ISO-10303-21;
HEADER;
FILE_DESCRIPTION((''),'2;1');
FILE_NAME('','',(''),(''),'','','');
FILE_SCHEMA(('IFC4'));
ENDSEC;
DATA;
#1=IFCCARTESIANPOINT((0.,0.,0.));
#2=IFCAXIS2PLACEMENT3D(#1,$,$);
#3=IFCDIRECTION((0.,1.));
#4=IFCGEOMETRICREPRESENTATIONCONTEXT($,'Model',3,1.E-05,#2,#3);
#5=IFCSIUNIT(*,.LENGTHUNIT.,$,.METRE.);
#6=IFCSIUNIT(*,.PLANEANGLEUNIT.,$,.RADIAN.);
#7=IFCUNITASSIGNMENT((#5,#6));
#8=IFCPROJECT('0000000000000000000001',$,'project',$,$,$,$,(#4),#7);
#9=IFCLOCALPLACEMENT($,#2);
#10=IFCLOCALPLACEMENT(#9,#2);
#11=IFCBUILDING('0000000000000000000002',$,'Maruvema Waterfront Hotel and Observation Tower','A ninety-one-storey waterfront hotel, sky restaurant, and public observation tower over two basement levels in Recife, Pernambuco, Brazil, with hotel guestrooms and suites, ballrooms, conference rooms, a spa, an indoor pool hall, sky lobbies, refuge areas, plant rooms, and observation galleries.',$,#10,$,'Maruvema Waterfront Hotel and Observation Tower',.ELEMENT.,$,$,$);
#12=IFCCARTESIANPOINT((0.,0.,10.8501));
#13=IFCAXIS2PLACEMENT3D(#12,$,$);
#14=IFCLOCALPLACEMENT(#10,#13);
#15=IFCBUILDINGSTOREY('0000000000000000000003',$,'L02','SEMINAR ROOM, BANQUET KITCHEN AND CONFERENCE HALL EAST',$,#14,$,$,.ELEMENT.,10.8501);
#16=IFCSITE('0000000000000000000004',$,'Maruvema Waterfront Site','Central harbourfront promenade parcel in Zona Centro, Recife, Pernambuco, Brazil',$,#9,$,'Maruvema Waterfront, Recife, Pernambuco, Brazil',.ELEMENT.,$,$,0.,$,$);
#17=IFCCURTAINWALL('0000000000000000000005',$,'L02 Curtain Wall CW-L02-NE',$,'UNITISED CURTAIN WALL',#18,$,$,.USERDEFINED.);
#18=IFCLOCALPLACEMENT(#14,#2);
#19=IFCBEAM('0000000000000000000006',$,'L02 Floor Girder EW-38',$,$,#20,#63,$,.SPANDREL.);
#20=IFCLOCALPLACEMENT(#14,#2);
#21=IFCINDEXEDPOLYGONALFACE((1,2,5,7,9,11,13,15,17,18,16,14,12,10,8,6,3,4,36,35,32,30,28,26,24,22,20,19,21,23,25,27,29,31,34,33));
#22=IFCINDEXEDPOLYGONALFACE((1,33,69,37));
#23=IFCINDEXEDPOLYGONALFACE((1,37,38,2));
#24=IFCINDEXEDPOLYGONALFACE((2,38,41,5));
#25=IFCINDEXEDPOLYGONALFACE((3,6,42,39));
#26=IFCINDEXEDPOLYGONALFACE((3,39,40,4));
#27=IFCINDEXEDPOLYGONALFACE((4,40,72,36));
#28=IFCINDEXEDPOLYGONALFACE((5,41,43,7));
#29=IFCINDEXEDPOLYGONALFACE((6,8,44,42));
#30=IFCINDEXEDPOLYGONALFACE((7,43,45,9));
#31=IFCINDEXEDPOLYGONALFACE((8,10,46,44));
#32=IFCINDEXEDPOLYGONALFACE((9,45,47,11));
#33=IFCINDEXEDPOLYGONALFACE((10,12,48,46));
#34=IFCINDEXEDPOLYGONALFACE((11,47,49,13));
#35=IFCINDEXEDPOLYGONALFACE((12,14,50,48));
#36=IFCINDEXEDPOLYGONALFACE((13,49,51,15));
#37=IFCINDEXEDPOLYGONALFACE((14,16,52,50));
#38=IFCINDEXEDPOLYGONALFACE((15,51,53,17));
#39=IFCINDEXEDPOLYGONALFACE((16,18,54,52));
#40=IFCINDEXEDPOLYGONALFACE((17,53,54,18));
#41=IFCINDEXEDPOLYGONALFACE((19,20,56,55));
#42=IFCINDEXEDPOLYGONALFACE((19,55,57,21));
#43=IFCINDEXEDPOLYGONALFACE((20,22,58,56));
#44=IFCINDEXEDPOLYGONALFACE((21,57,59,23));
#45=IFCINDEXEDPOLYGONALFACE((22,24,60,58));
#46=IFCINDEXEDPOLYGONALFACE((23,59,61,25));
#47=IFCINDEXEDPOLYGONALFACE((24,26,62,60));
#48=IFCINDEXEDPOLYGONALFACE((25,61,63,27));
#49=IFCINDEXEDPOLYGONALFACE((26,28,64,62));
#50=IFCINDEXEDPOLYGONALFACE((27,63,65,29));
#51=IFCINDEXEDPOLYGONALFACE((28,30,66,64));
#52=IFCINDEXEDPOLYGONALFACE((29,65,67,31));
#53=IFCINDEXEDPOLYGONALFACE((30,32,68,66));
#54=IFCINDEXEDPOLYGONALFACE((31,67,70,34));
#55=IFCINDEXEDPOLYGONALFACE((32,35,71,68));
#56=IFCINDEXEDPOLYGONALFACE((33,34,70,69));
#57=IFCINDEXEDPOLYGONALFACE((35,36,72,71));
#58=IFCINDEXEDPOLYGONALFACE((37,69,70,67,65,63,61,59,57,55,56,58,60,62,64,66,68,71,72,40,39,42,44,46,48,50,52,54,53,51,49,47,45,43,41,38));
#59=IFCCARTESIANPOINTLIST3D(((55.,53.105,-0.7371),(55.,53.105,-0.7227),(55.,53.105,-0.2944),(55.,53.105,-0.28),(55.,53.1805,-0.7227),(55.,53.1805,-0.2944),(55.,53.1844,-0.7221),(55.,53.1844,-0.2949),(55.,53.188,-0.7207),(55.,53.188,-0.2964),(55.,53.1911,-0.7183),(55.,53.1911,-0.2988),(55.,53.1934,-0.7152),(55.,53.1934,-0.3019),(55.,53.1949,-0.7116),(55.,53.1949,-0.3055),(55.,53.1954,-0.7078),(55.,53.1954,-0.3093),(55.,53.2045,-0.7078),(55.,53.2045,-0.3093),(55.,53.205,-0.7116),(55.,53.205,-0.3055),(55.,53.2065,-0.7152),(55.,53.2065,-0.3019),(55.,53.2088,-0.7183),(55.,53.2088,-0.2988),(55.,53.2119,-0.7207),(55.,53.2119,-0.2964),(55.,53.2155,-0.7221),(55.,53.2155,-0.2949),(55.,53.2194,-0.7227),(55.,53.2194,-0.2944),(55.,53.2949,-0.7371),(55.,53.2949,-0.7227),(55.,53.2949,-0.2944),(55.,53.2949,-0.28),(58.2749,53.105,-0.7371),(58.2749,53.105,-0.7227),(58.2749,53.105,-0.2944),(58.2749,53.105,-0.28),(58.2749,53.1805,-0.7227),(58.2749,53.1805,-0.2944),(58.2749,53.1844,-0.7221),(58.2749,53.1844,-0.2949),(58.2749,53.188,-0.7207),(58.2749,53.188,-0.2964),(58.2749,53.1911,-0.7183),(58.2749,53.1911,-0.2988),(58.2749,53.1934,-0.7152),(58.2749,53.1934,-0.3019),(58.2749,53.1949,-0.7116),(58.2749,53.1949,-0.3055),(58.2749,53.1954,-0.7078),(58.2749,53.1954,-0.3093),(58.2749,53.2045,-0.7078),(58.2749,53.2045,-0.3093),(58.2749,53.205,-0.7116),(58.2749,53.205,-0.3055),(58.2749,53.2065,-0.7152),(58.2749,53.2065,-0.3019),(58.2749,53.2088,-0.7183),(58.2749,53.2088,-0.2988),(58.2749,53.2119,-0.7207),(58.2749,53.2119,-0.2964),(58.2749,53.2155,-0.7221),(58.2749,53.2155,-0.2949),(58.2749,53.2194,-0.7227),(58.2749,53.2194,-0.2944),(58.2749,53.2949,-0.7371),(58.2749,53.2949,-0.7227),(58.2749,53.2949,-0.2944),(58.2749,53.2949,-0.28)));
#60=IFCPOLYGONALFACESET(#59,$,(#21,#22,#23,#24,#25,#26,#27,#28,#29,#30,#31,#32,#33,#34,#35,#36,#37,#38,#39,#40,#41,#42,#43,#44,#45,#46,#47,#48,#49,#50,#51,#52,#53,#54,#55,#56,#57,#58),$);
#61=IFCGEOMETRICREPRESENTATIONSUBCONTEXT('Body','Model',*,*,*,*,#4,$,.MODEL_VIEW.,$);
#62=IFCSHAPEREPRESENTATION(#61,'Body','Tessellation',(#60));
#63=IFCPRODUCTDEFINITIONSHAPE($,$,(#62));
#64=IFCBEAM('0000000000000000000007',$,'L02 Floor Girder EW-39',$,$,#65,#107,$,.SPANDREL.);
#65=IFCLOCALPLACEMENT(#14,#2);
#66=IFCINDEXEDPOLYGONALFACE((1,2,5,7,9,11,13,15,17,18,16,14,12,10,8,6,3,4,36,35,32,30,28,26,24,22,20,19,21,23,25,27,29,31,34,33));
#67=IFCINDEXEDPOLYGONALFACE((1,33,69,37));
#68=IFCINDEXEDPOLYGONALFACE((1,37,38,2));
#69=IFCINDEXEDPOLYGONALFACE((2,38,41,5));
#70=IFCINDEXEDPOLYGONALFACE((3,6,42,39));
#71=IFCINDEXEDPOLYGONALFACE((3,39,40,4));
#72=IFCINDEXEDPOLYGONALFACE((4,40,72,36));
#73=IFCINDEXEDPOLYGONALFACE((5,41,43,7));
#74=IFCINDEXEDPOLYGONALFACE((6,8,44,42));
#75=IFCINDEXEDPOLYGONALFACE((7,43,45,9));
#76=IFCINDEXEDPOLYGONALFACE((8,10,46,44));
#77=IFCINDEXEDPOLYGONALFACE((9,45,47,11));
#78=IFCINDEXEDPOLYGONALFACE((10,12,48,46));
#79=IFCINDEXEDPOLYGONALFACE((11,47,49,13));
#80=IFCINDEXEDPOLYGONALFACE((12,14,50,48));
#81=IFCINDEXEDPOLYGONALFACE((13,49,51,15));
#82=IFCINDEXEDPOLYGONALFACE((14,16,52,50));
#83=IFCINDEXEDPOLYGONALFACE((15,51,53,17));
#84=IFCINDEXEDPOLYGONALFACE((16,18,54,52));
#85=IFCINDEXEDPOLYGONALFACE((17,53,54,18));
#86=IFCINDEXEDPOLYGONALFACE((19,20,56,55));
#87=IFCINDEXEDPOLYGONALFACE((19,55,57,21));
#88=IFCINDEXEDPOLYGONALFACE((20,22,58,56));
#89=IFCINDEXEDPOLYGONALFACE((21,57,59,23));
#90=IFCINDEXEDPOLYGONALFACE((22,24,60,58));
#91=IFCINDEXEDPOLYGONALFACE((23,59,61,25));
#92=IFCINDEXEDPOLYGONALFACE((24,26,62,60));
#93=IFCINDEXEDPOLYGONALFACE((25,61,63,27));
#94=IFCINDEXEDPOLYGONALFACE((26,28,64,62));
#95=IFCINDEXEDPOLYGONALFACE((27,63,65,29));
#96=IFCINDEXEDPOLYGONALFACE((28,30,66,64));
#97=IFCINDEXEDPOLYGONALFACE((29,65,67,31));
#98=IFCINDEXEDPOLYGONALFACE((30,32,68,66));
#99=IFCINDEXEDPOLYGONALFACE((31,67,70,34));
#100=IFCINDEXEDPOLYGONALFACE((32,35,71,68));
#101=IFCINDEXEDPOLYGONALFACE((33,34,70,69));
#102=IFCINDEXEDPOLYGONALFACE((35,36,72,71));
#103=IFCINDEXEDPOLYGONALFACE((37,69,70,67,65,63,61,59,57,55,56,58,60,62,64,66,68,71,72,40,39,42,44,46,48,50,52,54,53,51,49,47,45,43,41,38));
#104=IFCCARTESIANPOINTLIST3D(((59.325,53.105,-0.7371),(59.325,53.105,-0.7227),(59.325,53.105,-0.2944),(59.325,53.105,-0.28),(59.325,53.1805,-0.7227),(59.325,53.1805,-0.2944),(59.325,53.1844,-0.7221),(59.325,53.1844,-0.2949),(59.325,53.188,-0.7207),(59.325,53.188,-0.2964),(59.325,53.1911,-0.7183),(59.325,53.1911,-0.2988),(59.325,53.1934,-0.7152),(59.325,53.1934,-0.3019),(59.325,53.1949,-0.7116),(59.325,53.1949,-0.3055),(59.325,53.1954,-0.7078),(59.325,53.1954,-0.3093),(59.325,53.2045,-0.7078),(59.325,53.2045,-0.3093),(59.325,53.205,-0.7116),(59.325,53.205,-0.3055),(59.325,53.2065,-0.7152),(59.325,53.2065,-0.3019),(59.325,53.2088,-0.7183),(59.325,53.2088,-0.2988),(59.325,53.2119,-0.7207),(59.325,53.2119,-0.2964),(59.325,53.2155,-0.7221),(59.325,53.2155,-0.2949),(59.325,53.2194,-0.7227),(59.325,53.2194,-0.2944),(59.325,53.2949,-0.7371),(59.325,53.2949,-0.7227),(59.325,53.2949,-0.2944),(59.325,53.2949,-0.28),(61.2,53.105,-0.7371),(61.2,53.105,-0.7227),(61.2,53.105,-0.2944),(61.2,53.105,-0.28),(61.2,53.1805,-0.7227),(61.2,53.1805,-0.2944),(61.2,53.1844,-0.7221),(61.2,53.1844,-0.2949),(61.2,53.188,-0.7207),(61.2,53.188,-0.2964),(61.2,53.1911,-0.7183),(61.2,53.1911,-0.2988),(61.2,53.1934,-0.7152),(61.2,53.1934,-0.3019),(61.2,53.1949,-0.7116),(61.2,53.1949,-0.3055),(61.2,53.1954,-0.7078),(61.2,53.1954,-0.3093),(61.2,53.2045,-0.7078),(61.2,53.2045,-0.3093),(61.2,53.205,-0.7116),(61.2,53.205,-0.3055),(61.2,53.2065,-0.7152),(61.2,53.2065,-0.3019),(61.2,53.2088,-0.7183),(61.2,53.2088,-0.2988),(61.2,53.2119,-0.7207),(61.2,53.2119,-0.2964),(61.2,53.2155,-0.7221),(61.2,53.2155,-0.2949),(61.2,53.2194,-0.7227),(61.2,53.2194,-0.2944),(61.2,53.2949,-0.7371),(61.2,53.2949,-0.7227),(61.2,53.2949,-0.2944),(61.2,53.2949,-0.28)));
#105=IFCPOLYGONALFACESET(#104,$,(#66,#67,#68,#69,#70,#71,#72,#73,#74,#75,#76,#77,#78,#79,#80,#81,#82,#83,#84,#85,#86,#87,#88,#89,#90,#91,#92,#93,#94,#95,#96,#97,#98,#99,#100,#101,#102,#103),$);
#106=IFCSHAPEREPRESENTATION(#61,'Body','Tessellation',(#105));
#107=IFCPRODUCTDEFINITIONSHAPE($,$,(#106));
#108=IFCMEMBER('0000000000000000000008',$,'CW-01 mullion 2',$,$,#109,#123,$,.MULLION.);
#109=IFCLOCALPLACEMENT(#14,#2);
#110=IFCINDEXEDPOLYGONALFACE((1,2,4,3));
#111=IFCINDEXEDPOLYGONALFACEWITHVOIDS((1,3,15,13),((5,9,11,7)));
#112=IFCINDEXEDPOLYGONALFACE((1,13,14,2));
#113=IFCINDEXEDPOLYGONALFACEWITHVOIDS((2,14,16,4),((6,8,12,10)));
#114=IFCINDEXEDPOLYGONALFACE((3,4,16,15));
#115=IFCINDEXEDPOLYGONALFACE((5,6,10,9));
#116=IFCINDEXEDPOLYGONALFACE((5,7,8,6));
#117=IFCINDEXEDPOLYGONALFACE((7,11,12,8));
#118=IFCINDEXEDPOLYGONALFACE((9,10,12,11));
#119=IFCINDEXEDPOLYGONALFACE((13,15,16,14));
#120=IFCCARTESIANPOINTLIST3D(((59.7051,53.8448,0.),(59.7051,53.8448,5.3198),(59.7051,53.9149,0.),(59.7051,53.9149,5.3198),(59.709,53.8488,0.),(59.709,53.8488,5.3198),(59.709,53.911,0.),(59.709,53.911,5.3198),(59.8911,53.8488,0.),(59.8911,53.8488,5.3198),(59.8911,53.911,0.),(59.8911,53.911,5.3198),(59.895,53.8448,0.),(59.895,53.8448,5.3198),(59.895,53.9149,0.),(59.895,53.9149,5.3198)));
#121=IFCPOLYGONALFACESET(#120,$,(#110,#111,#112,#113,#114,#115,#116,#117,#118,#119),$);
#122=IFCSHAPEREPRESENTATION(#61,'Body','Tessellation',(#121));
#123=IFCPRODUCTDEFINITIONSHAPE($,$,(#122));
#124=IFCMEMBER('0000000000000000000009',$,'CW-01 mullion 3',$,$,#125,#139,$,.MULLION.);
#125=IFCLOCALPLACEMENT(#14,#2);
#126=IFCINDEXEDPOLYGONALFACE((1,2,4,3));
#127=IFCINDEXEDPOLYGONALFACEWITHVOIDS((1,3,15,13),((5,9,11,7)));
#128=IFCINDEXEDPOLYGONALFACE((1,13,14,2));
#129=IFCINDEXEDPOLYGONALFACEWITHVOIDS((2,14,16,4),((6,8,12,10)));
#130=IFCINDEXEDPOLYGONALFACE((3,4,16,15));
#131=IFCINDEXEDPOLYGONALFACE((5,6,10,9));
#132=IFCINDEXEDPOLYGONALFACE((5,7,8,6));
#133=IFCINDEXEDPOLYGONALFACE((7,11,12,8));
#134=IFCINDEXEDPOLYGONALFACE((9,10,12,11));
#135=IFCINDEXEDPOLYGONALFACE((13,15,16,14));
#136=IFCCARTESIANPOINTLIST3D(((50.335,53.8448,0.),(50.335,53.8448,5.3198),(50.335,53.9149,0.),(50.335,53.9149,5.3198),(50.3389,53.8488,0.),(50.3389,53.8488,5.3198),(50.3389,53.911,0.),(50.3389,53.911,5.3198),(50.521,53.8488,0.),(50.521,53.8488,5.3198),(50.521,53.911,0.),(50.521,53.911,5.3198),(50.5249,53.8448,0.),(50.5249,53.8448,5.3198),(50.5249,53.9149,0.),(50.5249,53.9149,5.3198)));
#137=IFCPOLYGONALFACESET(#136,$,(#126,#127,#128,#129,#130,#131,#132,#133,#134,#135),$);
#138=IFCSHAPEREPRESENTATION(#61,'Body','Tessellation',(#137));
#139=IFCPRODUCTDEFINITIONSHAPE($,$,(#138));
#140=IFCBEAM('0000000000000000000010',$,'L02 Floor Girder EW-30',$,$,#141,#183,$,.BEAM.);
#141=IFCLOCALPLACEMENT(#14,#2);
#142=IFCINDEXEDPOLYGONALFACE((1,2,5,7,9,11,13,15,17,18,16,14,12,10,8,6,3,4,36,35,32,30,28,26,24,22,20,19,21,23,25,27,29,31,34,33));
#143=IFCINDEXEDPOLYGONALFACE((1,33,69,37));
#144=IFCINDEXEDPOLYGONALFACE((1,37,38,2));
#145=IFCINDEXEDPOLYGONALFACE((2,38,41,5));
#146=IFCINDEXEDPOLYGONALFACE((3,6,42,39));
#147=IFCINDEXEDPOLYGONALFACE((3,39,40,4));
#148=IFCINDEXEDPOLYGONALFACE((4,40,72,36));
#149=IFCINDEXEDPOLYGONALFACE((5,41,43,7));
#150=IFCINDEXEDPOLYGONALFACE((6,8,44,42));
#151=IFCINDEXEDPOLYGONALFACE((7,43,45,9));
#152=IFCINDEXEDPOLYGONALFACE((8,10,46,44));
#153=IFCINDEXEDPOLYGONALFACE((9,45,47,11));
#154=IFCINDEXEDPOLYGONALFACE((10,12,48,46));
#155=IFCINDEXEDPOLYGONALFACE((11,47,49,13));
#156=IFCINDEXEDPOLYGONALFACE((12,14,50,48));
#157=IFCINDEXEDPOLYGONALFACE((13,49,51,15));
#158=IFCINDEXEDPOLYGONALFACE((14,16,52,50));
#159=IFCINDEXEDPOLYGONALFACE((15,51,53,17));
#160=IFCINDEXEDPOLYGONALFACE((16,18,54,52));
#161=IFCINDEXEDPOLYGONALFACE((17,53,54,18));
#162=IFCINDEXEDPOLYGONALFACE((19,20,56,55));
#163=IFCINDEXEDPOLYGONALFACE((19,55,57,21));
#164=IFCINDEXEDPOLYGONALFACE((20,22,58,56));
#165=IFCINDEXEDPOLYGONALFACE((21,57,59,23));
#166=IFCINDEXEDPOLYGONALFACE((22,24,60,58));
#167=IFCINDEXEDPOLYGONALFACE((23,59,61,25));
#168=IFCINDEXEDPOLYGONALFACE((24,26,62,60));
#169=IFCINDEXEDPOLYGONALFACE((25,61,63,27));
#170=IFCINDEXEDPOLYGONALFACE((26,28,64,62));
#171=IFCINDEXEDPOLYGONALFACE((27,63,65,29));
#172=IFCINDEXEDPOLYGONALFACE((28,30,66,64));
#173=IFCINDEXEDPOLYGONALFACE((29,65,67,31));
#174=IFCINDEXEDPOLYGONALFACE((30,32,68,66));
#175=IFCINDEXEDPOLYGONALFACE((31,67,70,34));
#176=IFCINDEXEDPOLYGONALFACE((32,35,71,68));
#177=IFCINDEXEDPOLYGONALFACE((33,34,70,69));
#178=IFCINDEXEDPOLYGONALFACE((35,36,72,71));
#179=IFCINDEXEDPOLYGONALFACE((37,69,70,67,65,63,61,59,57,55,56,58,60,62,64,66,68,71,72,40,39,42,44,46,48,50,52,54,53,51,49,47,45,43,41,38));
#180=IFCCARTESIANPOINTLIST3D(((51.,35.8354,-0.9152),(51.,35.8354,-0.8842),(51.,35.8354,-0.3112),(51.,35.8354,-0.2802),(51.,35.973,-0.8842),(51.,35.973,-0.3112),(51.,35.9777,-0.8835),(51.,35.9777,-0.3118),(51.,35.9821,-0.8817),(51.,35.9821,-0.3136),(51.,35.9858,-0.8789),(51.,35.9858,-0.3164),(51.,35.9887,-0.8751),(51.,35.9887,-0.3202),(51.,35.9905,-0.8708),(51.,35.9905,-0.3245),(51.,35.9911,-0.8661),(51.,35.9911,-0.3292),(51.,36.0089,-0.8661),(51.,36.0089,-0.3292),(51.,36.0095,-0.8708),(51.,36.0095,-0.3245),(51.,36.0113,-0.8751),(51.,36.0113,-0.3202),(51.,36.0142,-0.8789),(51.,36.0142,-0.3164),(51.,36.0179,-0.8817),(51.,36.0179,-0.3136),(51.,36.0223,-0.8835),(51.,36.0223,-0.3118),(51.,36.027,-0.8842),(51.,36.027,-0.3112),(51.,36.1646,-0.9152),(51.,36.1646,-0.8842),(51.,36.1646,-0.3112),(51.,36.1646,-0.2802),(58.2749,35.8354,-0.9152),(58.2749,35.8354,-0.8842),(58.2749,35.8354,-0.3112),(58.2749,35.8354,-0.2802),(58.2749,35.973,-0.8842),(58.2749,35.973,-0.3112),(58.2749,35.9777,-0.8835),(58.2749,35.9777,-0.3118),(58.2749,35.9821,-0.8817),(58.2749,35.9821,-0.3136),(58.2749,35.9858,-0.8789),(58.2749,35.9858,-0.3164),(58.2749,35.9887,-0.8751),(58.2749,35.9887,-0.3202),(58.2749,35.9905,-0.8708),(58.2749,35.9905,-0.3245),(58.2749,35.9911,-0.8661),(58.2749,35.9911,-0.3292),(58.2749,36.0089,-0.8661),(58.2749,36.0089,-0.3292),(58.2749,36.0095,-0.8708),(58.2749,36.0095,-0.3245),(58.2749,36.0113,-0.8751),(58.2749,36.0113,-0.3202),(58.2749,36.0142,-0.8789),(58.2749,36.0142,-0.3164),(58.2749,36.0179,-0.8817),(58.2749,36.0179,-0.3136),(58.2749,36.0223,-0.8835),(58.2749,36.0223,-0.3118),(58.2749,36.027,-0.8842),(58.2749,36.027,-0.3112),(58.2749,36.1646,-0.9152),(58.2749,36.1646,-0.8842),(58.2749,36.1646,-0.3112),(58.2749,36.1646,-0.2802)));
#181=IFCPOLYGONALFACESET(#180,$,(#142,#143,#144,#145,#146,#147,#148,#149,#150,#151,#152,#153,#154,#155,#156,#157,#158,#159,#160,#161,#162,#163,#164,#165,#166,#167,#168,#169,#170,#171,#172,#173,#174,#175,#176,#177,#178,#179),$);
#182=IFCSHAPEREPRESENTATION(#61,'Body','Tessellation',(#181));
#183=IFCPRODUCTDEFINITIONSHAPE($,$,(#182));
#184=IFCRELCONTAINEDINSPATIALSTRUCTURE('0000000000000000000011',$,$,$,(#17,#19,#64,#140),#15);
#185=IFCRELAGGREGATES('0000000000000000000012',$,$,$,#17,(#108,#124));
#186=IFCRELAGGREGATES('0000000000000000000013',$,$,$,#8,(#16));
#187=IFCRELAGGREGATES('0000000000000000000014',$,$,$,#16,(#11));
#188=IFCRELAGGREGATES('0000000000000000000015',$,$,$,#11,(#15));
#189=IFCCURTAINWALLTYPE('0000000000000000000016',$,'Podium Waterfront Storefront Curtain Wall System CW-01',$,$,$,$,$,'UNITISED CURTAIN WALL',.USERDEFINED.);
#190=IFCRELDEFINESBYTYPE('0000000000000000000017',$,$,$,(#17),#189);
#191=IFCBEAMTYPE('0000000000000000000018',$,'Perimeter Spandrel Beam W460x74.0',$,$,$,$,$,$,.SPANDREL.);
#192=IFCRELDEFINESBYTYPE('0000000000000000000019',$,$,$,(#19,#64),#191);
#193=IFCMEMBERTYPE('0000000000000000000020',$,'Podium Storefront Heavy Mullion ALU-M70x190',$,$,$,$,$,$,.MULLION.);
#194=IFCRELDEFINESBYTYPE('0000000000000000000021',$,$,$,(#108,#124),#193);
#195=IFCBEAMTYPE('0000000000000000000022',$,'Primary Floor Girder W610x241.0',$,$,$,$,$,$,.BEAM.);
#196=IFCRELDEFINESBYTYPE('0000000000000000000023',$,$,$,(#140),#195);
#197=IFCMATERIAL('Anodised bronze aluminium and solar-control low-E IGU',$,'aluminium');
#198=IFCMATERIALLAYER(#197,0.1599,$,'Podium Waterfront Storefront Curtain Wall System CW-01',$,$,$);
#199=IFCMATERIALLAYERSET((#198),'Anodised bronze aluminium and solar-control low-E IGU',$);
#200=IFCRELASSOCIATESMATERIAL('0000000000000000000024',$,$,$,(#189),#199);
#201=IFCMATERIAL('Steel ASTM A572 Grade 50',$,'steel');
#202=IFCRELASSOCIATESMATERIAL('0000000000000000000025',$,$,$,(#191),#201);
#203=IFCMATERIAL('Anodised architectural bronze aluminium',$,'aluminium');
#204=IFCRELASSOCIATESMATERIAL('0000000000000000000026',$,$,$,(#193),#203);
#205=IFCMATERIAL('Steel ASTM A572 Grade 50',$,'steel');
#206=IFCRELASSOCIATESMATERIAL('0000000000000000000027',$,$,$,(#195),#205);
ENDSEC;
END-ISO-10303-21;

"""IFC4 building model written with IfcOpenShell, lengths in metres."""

from ifc_helpers import new_model, si_unit, direction, frame, origin, origin_2d, place, context, subcontext, project, spatial, hollow_rectangle, i_section, extrude, material, layer, layer_set, material_profile, profile_set, type_object, element, aggregate, save


model = new_model("IFC4")

# Units and contexts
model_context = context("Model", 3, precision=1e-05, world=origin(), true_north=direction((0.0, 1.0)))
body_context = subcontext(model_context, "Body", "Model", "MODEL_VIEW")
ifc_project = project(units=[si_unit("LENGTHUNIT", "METRE"), si_unit("PLANEANGLEUNIT", "RADIAN")], contexts=[model_context])

# Site, building, storey
site_placement = place(None, origin())
site = spatial("IfcSite", under=ifc_project, at=site_placement, Name="Maruvema Waterfront Site", Description="Central harbourfront promenade parcel in Zona Centro, Recife, Pernambuco, Brazil", LongName="Maruvema Waterfront, Recife, Pernambuco, Brazil", CompositionType="ELEMENT", RefElevation=0.0)
building_placement = place(site_placement, origin())
building = spatial("IfcBuilding", under=site, at=building_placement, Name="Maruvema Waterfront Hotel and Observation Tower", Description="A ninety-one-storey waterfront hotel, sky restaurant, and public observation tower over two basement levels in Recife, Pernambuco, Brazil, with hotel guestrooms and suites, ballrooms, conference rooms, a spa, an indoor pool hall, sky lobbies, refuge areas, plant rooms, and observation galleries.", LongName="Maruvema Waterfront Hotel and Observation Tower", CompositionType="ELEMENT")
storey_placement = place(building_placement, frame((0.0, 0.0, 10.8501)))
storey = spatial("IfcBuildingStorey", under=building, at=storey_placement, Name="L02", Description="SEMINAR ROOM, BANQUET KITCHEN AND CONFERENCE HALL EAST", CompositionType="ELEMENT", Elevation=10.8501)

# Curtain wall
ifc_material_1 = material(Name="Anodised bronze aluminium and solar-control low-E IGU", Category="aluminium")
ifc_layer_1 = layer(ifc_material_1, 0.1599, Name="Podium Waterfront Storefront Curtain Wall System CW-01")
ifc_layer_set_1 = layer_set([ifc_layer_1], Name="Anodised bronze aluminium and solar-control low-E IGU")
curtain_wall_type = type_object("IfcCurtainWallType", Name="Podium Waterfront Storefront Curtain Wall System CW-01", ElementType="UNITISED CURTAIN WALL", PredefinedType="USERDEFINED", material=ifc_layer_set_1)
curtain_wall_placement = place(storey_placement, origin())
curtain_wall = element("IfcCurtainWall", 1, at=curtain_wall_placement, inside=storey, type_object=curtain_wall_type, Name="L02 Curtain Wall CW-L02-NE", ObjectType="UNITISED CURTAIN WALL", PredefinedType="USERDEFINED")

# Beams
ifc_material_2 = material(Name="Steel ASTM A572 Grade 50", Category="steel")
ifc_material_profile_1 = material_profile(ifc_material_2, i_section(OverallWidth=0.1899, OverallDepth=0.457, WebThickness=0.009, FlangeThickness=0.0144, FilletRadius=0.0149, at=origin_2d()), Name="W460x74.0")
ifc_profile_set_1 = profile_set([ifc_material_profile_1], Name="Steel ASTM A572 Grade 50")
beam_type_1 = type_object("IfcBeamType", Name="Perimeter Spandrel Beam W460x74.0", PredefinedType="SPANDREL", material=ifc_profile_set_1)
beam_1_placement = place(storey_placement, frame((55.0, 53.2, -0.5085), z_axis=(1.0, 0.0, 0.0), x_axis=(0.0, 1.0, 0.0)))
element("IfcBeam", 2, at=beam_1_placement, inside=storey, type_object=beam_type_1, Name="L02 Floor Girder EW-38", PredefinedType="SPANDREL", context=body_context, shape_type="SweptSolid", body=[
    extrude(i_section(OverallWidth=0.1899, OverallDepth=0.457, WebThickness=0.009, FlangeThickness=0.0144, FilletRadius=0.0149, at=origin_2d()), origin(), (0.0, 0.0, 1.0), 3.2749),
])
beam_2_placement = place(storey_placement, frame((59.325, 53.2, -0.5085), z_axis=(1.0, 0.0, 0.0), x_axis=(0.0, 1.0, 0.0)))
element("IfcBeam", 3, at=beam_2_placement, inside=storey, type_object=beam_type_1, Name="L02 Floor Girder EW-39", PredefinedType="SPANDREL", context=body_context, shape_type="SweptSolid", body=[
    extrude(i_section(OverallWidth=0.1899, OverallDepth=0.457, WebThickness=0.009, FlangeThickness=0.0144, FilletRadius=0.0149, at=origin_2d()), origin(), (0.0, 0.0, 1.0), 1.875),
])

# Members
ifc_material_3 = material(Name="Anodised architectural bronze aluminium", Category="aluminium")
ifc_material_profile_2 = material_profile(ifc_material_3, hollow_rectangle(XDim=0.0701, YDim=0.1899, WallThickness=0.0039, at=origin_2d()), Name="ALU-M70x190")
ifc_profile_set_2 = profile_set([ifc_material_profile_2], Name="Anodised architectural bronze aluminium")
member_type_1 = type_object("IfcMemberType", Name="Podium Storefront Heavy Mullion ALU-M70x190", PredefinedType="MULLION", material=ifc_profile_set_2)
member_1_placement = place(storey_placement, frame((59.8, 53.8799, 0.0), z_axis=(0.0, 0.0, 1.0), x_axis=(0.0, -1.0, 0.0)))
member_1 = element("IfcMember", 4, at=member_1_placement, type_object=member_type_1, Name="CW-01 mullion 2", PredefinedType="MULLION", context=body_context, shape_type="SweptSolid", body=[
    extrude(hollow_rectangle(XDim=0.0701, YDim=0.1899, WallThickness=0.0039, at=origin_2d()), origin(), (0.0, 0.0, 1.0), 5.3198),
])
member_2_placement = place(storey_placement, frame((50.4299, 53.8799, 0.0), z_axis=(0.0, 0.0, 1.0), x_axis=(0.0, -1.0, 0.0)))
member_2 = element("IfcMember", 5, at=member_2_placement, type_object=member_type_1, Name="CW-01 mullion 3", PredefinedType="MULLION", context=body_context, shape_type="SweptSolid", body=[
    extrude(hollow_rectangle(XDim=0.0701, YDim=0.1899, WallThickness=0.0039, at=origin_2d()), origin(), (0.0, 0.0, 1.0), 5.3198),
])

# Beam
ifc_material_4 = material(Name="Steel ASTM A572 Grade 50", Category="steel")
ifc_material_profile_3 = material_profile(ifc_material_4, i_section(OverallWidth=0.3291, OverallDepth=0.635, WebThickness=0.0178, FlangeThickness=0.031, FilletRadius=0.0181, at=origin_2d()), Name="W610x241.0")
ifc_profile_set_3 = profile_set([ifc_material_profile_3], Name="Steel ASTM A572 Grade 50")
beam_type_2 = type_object("IfcBeamType", Name="Primary Floor Girder W610x241.0", PredefinedType="BEAM", material=ifc_profile_set_3)
beam_3_placement = place(storey_placement, frame((51.0, 36.0, -0.5977), z_axis=(1.0, 0.0, 0.0), x_axis=(0.0, 1.0, 0.0)))
element("IfcBeam", 6, at=beam_3_placement, inside=storey, type_object=beam_type_2, Name="L02 Floor Girder EW-30", PredefinedType="BEAM", context=body_context, shape_type="SweptSolid", body=[
    extrude(i_section(OverallWidth=0.3291, OverallDepth=0.635, WebThickness=0.0178, FlangeThickness=0.031, FilletRadius=0.0181, at=origin_2d()), origin(), (0.0, 0.0, 1.0), 7.2749),
])

aggregate(curtain_wall, [member_1, member_2])

save(model, "model.ifc")
